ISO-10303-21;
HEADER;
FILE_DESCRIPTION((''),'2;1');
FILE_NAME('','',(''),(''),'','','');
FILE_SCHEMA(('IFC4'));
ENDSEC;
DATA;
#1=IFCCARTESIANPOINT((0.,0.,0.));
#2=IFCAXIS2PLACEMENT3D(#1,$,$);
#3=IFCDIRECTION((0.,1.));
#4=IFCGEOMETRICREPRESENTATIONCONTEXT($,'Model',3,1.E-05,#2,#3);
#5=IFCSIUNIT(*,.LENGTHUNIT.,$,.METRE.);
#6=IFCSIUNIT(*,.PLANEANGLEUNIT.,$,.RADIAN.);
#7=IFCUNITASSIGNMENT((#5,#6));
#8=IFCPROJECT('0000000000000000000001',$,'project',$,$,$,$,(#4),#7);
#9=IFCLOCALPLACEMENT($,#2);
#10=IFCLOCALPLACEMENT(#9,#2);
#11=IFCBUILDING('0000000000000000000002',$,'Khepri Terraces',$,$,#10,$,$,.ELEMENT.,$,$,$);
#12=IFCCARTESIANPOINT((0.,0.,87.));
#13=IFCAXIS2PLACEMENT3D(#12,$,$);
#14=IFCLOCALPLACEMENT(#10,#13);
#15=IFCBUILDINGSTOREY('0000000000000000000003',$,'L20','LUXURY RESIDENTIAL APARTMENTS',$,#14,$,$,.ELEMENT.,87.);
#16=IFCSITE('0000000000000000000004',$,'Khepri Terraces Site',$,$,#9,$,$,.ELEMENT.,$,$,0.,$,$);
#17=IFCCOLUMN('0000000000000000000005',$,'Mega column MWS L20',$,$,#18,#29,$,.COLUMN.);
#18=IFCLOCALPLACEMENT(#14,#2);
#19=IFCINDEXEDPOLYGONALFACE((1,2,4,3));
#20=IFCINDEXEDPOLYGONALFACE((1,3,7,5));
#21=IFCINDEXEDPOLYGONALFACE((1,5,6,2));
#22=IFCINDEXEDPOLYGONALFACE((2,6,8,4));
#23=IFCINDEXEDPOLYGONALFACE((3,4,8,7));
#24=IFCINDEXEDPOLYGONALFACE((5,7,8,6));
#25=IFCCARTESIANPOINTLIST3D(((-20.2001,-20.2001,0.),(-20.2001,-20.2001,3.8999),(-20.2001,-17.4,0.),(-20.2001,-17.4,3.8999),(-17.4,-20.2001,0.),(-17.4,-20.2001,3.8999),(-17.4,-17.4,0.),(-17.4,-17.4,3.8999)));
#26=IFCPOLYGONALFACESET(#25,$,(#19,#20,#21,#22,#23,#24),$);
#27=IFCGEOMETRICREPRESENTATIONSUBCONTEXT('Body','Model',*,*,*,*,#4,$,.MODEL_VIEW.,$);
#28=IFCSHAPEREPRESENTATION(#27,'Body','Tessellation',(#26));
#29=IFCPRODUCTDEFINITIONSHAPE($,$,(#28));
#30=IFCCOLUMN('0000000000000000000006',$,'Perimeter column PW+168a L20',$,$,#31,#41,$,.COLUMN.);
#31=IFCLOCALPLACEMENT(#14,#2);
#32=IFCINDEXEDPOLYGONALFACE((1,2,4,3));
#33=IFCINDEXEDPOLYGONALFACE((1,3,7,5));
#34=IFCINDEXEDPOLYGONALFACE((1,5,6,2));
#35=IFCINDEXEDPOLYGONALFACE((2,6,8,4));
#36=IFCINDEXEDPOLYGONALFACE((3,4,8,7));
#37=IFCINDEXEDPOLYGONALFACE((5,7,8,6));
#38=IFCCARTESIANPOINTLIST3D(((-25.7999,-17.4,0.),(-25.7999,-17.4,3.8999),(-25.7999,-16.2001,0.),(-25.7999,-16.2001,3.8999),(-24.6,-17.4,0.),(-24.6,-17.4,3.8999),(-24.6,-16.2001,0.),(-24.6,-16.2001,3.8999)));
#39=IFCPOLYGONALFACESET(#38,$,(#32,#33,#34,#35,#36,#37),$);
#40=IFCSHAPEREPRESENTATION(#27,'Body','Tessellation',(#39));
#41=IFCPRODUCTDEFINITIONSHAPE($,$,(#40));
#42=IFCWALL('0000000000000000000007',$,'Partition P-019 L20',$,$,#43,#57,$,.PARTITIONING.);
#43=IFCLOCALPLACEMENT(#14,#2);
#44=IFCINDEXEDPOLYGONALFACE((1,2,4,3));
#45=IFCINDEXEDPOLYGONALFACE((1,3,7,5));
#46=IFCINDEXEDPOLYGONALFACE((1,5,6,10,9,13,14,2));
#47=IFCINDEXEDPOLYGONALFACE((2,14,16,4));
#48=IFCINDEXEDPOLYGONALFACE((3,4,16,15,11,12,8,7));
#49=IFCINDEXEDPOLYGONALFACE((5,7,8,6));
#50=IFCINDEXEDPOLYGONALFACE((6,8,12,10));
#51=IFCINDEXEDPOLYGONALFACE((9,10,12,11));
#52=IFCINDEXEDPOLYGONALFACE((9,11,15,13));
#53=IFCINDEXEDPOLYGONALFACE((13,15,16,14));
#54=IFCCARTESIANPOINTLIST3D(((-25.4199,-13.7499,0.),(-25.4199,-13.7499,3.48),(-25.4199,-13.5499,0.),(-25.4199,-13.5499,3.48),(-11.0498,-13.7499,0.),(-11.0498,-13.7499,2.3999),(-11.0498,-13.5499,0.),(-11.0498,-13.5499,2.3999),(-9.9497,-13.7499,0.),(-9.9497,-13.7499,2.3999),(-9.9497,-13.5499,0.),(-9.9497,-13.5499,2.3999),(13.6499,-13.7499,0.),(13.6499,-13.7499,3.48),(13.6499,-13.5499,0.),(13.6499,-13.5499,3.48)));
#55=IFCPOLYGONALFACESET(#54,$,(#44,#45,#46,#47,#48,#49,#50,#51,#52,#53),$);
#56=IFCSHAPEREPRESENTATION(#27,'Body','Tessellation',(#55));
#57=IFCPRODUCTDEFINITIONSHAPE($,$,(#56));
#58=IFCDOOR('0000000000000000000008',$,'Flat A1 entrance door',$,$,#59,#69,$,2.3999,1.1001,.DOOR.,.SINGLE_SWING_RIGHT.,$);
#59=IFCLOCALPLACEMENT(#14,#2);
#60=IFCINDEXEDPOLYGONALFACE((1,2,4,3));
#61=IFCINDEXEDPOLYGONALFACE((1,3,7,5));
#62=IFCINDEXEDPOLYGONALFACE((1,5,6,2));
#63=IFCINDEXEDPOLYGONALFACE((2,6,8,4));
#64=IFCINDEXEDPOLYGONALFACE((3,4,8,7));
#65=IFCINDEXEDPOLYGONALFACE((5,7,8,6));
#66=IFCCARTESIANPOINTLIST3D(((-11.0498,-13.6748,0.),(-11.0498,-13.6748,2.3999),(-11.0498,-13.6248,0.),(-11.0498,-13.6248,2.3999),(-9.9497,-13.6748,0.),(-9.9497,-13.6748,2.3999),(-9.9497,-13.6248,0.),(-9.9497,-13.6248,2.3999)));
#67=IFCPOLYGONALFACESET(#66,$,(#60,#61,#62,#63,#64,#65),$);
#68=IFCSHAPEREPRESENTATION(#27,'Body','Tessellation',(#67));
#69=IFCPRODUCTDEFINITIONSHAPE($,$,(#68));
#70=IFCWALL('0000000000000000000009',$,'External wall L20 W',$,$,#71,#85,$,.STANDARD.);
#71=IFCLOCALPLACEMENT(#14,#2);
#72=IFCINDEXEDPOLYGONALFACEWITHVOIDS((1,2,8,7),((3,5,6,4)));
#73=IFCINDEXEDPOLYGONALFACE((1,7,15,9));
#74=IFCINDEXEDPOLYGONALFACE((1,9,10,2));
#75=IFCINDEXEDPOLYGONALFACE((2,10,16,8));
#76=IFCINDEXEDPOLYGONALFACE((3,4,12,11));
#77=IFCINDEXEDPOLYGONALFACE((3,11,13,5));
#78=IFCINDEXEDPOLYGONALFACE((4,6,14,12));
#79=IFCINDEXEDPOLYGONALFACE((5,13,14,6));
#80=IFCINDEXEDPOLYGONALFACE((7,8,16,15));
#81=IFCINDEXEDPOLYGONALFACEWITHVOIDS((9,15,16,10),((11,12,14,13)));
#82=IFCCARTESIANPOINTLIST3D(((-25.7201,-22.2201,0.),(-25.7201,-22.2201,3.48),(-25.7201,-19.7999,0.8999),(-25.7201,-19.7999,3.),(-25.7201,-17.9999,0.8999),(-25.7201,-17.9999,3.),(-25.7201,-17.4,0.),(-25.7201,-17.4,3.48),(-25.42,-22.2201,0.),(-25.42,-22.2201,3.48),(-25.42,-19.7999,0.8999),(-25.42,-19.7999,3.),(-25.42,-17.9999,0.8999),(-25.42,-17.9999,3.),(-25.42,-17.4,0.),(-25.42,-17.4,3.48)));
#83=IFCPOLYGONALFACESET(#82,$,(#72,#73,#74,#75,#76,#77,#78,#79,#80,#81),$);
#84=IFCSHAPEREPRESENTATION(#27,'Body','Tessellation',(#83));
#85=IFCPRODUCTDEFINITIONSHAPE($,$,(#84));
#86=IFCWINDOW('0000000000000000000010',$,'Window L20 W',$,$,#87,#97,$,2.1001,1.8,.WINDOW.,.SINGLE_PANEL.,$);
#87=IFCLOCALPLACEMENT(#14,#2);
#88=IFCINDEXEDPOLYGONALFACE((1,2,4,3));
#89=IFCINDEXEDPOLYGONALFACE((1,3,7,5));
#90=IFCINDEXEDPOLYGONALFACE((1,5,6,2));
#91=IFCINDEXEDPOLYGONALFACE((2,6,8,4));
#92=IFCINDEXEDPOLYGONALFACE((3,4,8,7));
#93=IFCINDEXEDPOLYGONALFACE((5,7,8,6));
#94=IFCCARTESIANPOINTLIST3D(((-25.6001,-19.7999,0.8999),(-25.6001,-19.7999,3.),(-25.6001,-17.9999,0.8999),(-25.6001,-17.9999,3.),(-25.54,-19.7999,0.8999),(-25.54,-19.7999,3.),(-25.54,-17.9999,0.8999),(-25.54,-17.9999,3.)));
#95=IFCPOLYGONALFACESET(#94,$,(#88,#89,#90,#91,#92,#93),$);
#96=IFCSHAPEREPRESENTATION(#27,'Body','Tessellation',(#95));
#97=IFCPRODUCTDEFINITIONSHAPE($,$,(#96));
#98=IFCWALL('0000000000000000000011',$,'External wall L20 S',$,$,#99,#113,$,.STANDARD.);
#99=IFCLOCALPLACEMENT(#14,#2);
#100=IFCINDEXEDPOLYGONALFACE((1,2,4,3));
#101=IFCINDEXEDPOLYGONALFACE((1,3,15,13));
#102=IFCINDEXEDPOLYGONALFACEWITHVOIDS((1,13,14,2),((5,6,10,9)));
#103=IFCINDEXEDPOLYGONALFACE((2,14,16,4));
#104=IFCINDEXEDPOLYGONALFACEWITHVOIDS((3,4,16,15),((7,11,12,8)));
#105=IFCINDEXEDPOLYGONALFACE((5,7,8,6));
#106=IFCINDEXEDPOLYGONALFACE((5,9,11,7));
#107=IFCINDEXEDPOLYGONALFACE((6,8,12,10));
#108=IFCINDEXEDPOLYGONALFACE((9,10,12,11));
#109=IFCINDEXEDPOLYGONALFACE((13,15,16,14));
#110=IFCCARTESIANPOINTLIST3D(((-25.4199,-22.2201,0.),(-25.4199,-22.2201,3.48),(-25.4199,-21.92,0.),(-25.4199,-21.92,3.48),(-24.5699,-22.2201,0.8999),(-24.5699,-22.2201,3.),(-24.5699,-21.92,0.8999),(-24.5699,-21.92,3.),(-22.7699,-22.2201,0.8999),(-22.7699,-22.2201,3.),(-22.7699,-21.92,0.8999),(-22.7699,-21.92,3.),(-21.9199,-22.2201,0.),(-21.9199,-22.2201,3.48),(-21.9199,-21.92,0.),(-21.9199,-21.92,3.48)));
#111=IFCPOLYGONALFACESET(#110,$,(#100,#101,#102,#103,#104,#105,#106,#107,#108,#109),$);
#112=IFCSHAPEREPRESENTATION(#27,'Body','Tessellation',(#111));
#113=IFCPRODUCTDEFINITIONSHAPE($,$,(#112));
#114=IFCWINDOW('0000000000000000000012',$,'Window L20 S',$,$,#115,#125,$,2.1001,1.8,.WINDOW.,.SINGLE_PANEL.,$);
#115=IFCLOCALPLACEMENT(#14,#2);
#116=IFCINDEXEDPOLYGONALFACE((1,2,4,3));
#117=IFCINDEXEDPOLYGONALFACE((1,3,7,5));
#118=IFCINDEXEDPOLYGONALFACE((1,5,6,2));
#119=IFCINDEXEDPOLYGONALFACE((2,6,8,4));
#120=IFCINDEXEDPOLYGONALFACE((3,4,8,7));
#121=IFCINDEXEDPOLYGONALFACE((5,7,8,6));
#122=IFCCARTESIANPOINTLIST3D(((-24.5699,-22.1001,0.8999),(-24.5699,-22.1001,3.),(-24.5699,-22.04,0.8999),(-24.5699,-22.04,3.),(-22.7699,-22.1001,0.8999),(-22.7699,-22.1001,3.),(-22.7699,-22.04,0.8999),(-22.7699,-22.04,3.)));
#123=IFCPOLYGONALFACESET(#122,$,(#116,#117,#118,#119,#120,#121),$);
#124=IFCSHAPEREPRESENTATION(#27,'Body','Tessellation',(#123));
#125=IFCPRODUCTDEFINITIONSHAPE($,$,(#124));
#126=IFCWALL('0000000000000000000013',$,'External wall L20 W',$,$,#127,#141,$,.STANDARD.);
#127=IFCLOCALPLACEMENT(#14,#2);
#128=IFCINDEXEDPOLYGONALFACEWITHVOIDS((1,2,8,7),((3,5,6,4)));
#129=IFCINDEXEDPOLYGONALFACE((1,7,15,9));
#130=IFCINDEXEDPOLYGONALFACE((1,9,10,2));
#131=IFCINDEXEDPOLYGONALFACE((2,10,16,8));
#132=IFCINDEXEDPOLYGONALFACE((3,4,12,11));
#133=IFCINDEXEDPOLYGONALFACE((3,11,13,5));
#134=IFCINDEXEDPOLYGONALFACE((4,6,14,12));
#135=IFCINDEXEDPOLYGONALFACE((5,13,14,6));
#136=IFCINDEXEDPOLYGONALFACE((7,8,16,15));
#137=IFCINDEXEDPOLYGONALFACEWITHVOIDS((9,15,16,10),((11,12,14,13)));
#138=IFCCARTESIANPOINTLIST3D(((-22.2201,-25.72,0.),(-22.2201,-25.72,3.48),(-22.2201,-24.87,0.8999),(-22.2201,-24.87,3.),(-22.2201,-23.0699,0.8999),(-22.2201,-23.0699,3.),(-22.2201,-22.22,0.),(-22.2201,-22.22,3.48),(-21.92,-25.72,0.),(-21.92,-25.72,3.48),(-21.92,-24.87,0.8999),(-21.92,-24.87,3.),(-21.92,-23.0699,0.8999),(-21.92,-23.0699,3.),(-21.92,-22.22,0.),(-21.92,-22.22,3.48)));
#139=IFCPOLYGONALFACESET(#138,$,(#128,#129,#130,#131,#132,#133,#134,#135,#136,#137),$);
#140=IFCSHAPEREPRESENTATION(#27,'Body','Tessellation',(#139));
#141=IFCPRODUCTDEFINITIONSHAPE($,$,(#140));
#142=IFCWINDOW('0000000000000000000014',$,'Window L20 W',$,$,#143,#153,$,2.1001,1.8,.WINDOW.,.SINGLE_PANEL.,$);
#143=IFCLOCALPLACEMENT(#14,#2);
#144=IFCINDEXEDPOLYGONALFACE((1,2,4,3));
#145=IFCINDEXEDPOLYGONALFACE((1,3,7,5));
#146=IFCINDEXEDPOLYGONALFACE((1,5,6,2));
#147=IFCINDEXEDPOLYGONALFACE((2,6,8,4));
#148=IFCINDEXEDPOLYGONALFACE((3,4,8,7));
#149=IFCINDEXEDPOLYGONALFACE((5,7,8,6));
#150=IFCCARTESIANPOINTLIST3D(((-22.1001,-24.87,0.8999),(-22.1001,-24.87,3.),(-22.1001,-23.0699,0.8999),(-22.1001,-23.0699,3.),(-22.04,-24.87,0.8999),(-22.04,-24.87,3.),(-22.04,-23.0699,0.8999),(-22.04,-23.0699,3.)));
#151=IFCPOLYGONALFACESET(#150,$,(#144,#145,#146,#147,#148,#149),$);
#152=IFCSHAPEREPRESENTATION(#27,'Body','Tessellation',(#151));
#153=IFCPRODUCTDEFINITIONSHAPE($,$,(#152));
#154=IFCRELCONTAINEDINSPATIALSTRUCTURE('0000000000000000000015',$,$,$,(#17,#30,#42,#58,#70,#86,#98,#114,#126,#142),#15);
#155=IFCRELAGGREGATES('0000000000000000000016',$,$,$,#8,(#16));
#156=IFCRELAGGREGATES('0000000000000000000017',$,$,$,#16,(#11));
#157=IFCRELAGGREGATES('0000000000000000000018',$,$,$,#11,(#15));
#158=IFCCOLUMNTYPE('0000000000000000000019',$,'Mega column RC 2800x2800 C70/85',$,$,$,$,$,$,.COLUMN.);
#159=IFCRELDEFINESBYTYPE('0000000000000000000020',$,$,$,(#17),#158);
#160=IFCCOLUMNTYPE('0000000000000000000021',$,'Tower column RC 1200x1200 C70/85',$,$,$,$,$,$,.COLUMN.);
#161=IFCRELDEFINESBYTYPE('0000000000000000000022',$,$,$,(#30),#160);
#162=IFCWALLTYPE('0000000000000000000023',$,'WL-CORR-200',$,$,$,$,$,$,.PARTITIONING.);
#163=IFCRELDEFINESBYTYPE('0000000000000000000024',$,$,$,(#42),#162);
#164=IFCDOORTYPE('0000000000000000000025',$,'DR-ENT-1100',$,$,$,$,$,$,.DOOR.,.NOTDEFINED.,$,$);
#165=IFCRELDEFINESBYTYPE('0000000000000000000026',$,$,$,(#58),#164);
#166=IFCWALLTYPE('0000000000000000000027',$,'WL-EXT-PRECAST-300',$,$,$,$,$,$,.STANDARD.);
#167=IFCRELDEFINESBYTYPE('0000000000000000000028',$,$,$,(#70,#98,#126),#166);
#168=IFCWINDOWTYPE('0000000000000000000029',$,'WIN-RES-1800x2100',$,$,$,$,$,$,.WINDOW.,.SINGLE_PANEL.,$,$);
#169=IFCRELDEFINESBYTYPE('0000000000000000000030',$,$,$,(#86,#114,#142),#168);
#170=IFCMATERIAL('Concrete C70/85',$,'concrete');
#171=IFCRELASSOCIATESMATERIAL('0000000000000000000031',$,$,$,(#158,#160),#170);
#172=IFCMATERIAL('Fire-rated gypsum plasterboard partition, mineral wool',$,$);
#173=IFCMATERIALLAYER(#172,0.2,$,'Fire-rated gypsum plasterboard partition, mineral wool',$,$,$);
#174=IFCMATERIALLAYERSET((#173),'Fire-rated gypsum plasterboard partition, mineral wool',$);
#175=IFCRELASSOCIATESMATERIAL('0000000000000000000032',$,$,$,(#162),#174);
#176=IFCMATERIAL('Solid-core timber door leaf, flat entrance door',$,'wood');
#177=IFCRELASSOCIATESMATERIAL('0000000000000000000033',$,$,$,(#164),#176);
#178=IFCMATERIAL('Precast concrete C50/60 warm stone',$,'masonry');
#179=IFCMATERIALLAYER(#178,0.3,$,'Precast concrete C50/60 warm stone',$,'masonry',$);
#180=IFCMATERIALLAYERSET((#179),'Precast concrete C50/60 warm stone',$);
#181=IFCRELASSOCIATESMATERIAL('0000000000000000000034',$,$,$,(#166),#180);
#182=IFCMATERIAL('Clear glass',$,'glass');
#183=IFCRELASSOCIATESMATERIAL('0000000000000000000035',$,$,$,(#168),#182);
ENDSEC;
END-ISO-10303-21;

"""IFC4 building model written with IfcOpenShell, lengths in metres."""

from ifc_helpers import new_model, si_unit, direction, frame, frame_2d, origin, origin_2d, place, context, subcontext, project, spatial, rectangle, extrude, material, layer, layer_set, material_profile, profile_set, type_object, element, fill, save


model = new_model("IFC4")

# Units and contexts
model_context = context("Model", 3, precision=1e-05, world=origin(), true_north=direction((0.0, 1.0)))
body_context = subcontext(model_context, "Body", "Model", "MODEL_VIEW")
ifc_project = project(units=[si_unit("LENGTHUNIT", "METRE"), si_unit("PLANEANGLEUNIT", "RADIAN")], contexts=[model_context])

# Site, building, storey
site_placement = place(None, origin())
site = spatial("IfcSite", under=ifc_project, at=site_placement, Name="Khepri Terraces Site", CompositionType="ELEMENT", RefElevation=0.0)
building_placement = place(site_placement, origin())
building = spatial("IfcBuilding", under=site, at=building_placement, Name="Khepri Terraces", CompositionType="ELEMENT")
storey_placement = place(building_placement, frame((0.0, 0.0, 87.0)))
storey = spatial("IfcBuildingStorey", under=building, at=storey_placement, Name="L20", Description="LUXURY RESIDENTIAL APARTMENTS", CompositionType="ELEMENT", Elevation=87.0)

# Columns
ifc_material_1 = material(Name="Concrete C70/85", Category="concrete")
ifc_material_profile_1 = material_profile(ifc_material_1, rectangle(XDim=2.8, YDim=2.8, at=origin_2d()), Name="Concrete C70/85", Category="concrete")
ifc_profile_set_1 = profile_set([ifc_material_profile_1], Name="Concrete C70/85")
column_type_1 = type_object("IfcColumnType", Name="Mega column RC 2800x2800 C70/85", PredefinedType="COLUMN", material=ifc_profile_set_1)
column_1_placement = place(storey_placement, frame((-18.8, -18.8, 0.0), z_axis=(0.0, 0.0, 1.0), x_axis=(1.0, 0.0, 0.0)))
element("IfcColumn", 1, at=column_1_placement, inside=storey, type_object=column_type_1, Name="Mega column MWS L20", PredefinedType="COLUMN", context=body_context, shape_type="SweptSolid", body=[
    extrude(rectangle(XDim=2.8, YDim=2.8, at=origin_2d()), origin(), (0.0, 0.0, 1.0), 3.8999),
])
ifc_material_profile_2 = material_profile(ifc_material_1, rectangle(XDim=1.2, YDim=1.2, at=origin_2d()), Name="Concrete C70/85", Category="concrete")
ifc_profile_set_2 = profile_set([ifc_material_profile_2], Name="Concrete C70/85")
column_type_2 = type_object("IfcColumnType", Name="Tower column RC 1200x1200 C70/85", PredefinedType="COLUMN", material=ifc_profile_set_2)
column_2_placement = place(storey_placement, frame((-25.2, -16.8, 0.0), z_axis=(0.0, 0.0, 1.0), x_axis=(1.0, 0.0, 0.0)))
element("IfcColumn", 2, at=column_2_placement, inside=storey, type_object=column_type_2, Name="Perimeter column PW+168a L20", PredefinedType="COLUMN", context=body_context, shape_type="SweptSolid", body=[
    extrude(rectangle(XDim=1.2, YDim=1.2, at=origin_2d()), origin(), (0.0, 0.0, 1.0), 3.8999),
])

# Wall, opening, door
ifc_material_2 = material(Name="Fire-rated gypsum plasterboard partition, mineral wool")
ifc_layer_1 = layer(ifc_material_2, 0.2, Name="Fire-rated gypsum plasterboard partition, mineral wool")
ifc_layer_set_1 = layer_set([ifc_layer_1], Name="Fire-rated gypsum plasterboard partition, mineral wool")
wall_type_1 = type_object("IfcWallType", Name="WL-CORR-200", PredefinedType="PARTITIONING", material=ifc_layer_set_1)
wall_1_placement = place(storey_placement, frame((-25.4199, -13.6499, 0.0), z_axis=(0.0, 0.0, 1.0), x_axis=(1.0, 0.0, 0.0)))
wall_1 = element("IfcWall", 3, at=wall_1_placement, inside=storey, type_object=wall_type_1, Name="Partition P-019 L20", PredefinedType="PARTITIONING", context=body_context, shape_type="SweptSolid", body=[
    extrude(rectangle(XDim=39.0698, YDim=0.2, at=frame_2d((19.5349, 0.0))), origin(), (0.0, 0.0, 1.0), 3.48),
])
opening_1_placement = place(wall_1_placement, frame((14.3701, 0.0, 0.0)))
opening_1 = element("IfcOpeningElement", 4, at=opening_1_placement, cuts=wall_1, PredefinedType="OPENING", context=body_context, shape_type="SweptSolid", body=[
    extrude(rectangle(XDim=1.1001, YDim=2.3999, at=frame_2d((0.55, 1.2))), frame((0.0, 0.1099, 0.0), z_axis=(0.0, -1.0, 0.0), x_axis=(1.0, 0.0, 0.0)), (0.0, 0.0, 1.0), 0.22),
])
ifc_material_3 = material(Name="Solid-core timber door leaf, flat entrance door", Category="wood")
door_type_1 = type_object("IfcDoorType", Name="DR-ENT-1100", OperationType="NOTDEFINED", PredefinedType="DOOR", material=ifc_material_3)
door_1_placement = place(opening_1_placement, frame((1.1001, 0.0, 0.0), z_axis=(0.0, 0.0, 1.0), x_axis=(-1.0, 0.0, 0.0)))
door_1 = element("IfcDoor", 5, at=door_1_placement, inside=storey, type_object=door_type_1, Name="Flat A1 entrance door", OperationType="SINGLE_SWING_RIGHT", OverallHeight=2.3999, OverallWidth=1.1001, PredefinedType="DOOR", context=body_context, shape_type="SweptSolid", body=[
    extrude(rectangle(XDim=1.1001, YDim=2.3999, at=frame_2d((0.55, 1.2))), frame((0.0, 0.0249, 0.0), z_axis=(0.0, -1.0, 0.0), x_axis=(1.0, 0.0, 0.0)), (0.0, 0.0, 1.0), 0.05),
])
fill(opening_1, door_1)

# Walls, openings, windows
ifc_material_4 = material(Name="Precast concrete C50/60 warm stone", Category="masonry")
ifc_layer_2 = layer(ifc_material_4, 0.3, Name="Precast concrete C50/60 warm stone", Category="masonry")
ifc_layer_set_2 = layer_set([ifc_layer_2], Name="Precast concrete C50/60 warm stone")
wall_type_2 = type_object("IfcWallType", Name="WL-EXT-PRECAST-300", PredefinedType="STANDARD", material=ifc_layer_set_2)
wall_2_placement = place(storey_placement, frame((-25.5701, -17.3999, 0.0), z_axis=(0.0, 0.0, 1.0), x_axis=(0.0, -1.0, 0.0)))
wall_2 = element("IfcWall", 6, at=wall_2_placement, inside=storey, type_object=wall_type_2, Name="External wall L20 W", PredefinedType="STANDARD", context=body_context, shape_type="SweptSolid", body=[
    extrude(rectangle(XDim=4.8201, YDim=0.3, at=frame_2d((2.4102, 0.0))), origin(), (0.0, 0.0, 1.0), 3.48),
])
opening_2_placement = place(wall_2_placement, frame((0.6001, 0.0, 0.8999)))
opening_2 = element("IfcOpeningElement", 7, at=opening_2_placement, cuts=wall_2, PredefinedType="OPENING", context=body_context, shape_type="SweptSolid", body=[
    extrude(rectangle(XDim=1.8, YDim=2.1001, at=frame_2d((0.8999, 1.05))), frame((0.0, 0.1602, 0.0), z_axis=(0.0, -1.0, 0.0), x_axis=(1.0, 0.0, 0.0)), (0.0, 0.0, 1.0), 0.3201),
])
ifc_material_5 = material(Name="Clear glass", Category="glass")
window_type = type_object("IfcWindowType", Name="WIN-RES-1800x2100", PartitioningType="SINGLE_PANEL", PredefinedType="WINDOW", material=ifc_material_5)
window_1_placement = place(opening_2_placement, origin())
window_1 = element("IfcWindow", 8, at=window_1_placement, inside=storey, type_object=window_type, Name="Window L20 W", OverallHeight=2.1001, OverallWidth=1.8, PartitioningType="SINGLE_PANEL", PredefinedType="WINDOW", context=body_context, shape_type="SweptSolid", body=[
    extrude(rectangle(XDim=1.8, YDim=2.1001, at=frame_2d((0.8999, 1.05))), frame((0.0, 0.03, 0.0), z_axis=(0.0, -1.0, 0.0), x_axis=(1.0, 0.0, 0.0)), (0.0, 0.0, 1.0), 0.0601),
])
fill(opening_2, window_1)
wall_3_placement = place(storey_placement, frame((-25.4199, -22.0701, 0.0), z_axis=(0.0, 0.0, 1.0), x_axis=(1.0, 0.0, 0.0)))
wall_3 = element("IfcWall", 9, at=wall_3_placement, inside=storey, type_object=wall_type_2, Name="External wall L20 S", PredefinedType="STANDARD", context=body_context, shape_type="SweptSolid", body=[
    extrude(rectangle(XDim=3.5, YDim=0.3, at=frame_2d((1.75, 0.0))), origin(), (0.0, 0.0, 1.0), 3.48),
])
opening_3_placement = place(wall_3_placement, frame((0.8501, 0.0, 0.8999)))
opening_3 = element("IfcOpeningElement", 10, at=opening_3_placement, cuts=wall_3, PredefinedType="OPENING", context=body_context, shape_type="SweptSolid", body=[
    extrude(rectangle(XDim=1.8, YDim=2.1001, at=frame_2d((0.8999, 1.05))), frame((0.0, 0.1602, 0.0), z_axis=(0.0, -1.0, 0.0), x_axis=(1.0, 0.0, 0.0)), (0.0, 0.0, 1.0), 0.3201),
])
window_2_placement = place(opening_3_placement, origin())
window_2 = element("IfcWindow", 11, at=window_2_placement, inside=storey, type_object=window_type, Name="Window L20 S", OverallHeight=2.1001, OverallWidth=1.8, PartitioningType="SINGLE_PANEL", PredefinedType="WINDOW", context=body_context, shape_type="SweptSolid", body=[
    extrude(rectangle(XDim=1.8, YDim=2.1001, at=frame_2d((0.8999, 1.05))), frame((0.0, 0.03, 0.0), z_axis=(0.0, -1.0, 0.0), x_axis=(1.0, 0.0, 0.0)), (0.0, 0.0, 1.0), 0.0601),
])
fill(opening_3, window_2)
wall_4_placement = place(storey_placement, frame((-22.0701, -22.22, 0.0), z_axis=(0.0, 0.0, 1.0), x_axis=(0.0, -1.0, 0.0)))
wall_4 = element("IfcWall", 12, at=wall_4_placement, inside=storey, type_object=wall_type_2, Name="External wall L20 W", PredefinedType="STANDARD", context=body_context, shape_type="SweptSolid", body=[
    extrude(rectangle(XDim=3.5, YDim=0.3, at=frame_2d((1.75, 0.0))), origin(), (0.0, 0.0, 1.0), 3.48),
])
opening_4_placement = place(wall_4_placement, frame((0.8501, 0.0, 0.8999)))
opening_4 = element("IfcOpeningElement", 13, at=opening_4_placement, cuts=wall_4, PredefinedType="OPENING", context=body_context, shape_type="SweptSolid", body=[
    extrude(rectangle(XDim=1.8, YDim=2.1001, at=frame_2d((0.8999, 1.05))), frame((0.0, 0.1602, 0.0), z_axis=(0.0, -1.0, 0.0), x_axis=(1.0, 0.0, 0.0)), (0.0, 0.0, 1.0), 0.3201),
])
window_3_placement = place(opening_4_placement, origin())
window_3 = element("IfcWindow", 14, at=window_3_placement, inside=storey, type_object=window_type, Name="Window L20 W", OverallHeight=2.1001, OverallWidth=1.8, PartitioningType="SINGLE_PANEL", PredefinedType="WINDOW", context=body_context, shape_type="SweptSolid", body=[
    extrude(rectangle(XDim=1.8, YDim=2.1001, at=frame_2d((0.8999, 1.05))), frame((0.0, 0.03, 0.0), z_axis=(0.0, -1.0, 0.0), x_axis=(1.0, 0.0, 0.0)), (0.0, 0.0, 1.0), 0.0601),
])
fill(opening_4, window_3)

save(model, "model.ifc")
